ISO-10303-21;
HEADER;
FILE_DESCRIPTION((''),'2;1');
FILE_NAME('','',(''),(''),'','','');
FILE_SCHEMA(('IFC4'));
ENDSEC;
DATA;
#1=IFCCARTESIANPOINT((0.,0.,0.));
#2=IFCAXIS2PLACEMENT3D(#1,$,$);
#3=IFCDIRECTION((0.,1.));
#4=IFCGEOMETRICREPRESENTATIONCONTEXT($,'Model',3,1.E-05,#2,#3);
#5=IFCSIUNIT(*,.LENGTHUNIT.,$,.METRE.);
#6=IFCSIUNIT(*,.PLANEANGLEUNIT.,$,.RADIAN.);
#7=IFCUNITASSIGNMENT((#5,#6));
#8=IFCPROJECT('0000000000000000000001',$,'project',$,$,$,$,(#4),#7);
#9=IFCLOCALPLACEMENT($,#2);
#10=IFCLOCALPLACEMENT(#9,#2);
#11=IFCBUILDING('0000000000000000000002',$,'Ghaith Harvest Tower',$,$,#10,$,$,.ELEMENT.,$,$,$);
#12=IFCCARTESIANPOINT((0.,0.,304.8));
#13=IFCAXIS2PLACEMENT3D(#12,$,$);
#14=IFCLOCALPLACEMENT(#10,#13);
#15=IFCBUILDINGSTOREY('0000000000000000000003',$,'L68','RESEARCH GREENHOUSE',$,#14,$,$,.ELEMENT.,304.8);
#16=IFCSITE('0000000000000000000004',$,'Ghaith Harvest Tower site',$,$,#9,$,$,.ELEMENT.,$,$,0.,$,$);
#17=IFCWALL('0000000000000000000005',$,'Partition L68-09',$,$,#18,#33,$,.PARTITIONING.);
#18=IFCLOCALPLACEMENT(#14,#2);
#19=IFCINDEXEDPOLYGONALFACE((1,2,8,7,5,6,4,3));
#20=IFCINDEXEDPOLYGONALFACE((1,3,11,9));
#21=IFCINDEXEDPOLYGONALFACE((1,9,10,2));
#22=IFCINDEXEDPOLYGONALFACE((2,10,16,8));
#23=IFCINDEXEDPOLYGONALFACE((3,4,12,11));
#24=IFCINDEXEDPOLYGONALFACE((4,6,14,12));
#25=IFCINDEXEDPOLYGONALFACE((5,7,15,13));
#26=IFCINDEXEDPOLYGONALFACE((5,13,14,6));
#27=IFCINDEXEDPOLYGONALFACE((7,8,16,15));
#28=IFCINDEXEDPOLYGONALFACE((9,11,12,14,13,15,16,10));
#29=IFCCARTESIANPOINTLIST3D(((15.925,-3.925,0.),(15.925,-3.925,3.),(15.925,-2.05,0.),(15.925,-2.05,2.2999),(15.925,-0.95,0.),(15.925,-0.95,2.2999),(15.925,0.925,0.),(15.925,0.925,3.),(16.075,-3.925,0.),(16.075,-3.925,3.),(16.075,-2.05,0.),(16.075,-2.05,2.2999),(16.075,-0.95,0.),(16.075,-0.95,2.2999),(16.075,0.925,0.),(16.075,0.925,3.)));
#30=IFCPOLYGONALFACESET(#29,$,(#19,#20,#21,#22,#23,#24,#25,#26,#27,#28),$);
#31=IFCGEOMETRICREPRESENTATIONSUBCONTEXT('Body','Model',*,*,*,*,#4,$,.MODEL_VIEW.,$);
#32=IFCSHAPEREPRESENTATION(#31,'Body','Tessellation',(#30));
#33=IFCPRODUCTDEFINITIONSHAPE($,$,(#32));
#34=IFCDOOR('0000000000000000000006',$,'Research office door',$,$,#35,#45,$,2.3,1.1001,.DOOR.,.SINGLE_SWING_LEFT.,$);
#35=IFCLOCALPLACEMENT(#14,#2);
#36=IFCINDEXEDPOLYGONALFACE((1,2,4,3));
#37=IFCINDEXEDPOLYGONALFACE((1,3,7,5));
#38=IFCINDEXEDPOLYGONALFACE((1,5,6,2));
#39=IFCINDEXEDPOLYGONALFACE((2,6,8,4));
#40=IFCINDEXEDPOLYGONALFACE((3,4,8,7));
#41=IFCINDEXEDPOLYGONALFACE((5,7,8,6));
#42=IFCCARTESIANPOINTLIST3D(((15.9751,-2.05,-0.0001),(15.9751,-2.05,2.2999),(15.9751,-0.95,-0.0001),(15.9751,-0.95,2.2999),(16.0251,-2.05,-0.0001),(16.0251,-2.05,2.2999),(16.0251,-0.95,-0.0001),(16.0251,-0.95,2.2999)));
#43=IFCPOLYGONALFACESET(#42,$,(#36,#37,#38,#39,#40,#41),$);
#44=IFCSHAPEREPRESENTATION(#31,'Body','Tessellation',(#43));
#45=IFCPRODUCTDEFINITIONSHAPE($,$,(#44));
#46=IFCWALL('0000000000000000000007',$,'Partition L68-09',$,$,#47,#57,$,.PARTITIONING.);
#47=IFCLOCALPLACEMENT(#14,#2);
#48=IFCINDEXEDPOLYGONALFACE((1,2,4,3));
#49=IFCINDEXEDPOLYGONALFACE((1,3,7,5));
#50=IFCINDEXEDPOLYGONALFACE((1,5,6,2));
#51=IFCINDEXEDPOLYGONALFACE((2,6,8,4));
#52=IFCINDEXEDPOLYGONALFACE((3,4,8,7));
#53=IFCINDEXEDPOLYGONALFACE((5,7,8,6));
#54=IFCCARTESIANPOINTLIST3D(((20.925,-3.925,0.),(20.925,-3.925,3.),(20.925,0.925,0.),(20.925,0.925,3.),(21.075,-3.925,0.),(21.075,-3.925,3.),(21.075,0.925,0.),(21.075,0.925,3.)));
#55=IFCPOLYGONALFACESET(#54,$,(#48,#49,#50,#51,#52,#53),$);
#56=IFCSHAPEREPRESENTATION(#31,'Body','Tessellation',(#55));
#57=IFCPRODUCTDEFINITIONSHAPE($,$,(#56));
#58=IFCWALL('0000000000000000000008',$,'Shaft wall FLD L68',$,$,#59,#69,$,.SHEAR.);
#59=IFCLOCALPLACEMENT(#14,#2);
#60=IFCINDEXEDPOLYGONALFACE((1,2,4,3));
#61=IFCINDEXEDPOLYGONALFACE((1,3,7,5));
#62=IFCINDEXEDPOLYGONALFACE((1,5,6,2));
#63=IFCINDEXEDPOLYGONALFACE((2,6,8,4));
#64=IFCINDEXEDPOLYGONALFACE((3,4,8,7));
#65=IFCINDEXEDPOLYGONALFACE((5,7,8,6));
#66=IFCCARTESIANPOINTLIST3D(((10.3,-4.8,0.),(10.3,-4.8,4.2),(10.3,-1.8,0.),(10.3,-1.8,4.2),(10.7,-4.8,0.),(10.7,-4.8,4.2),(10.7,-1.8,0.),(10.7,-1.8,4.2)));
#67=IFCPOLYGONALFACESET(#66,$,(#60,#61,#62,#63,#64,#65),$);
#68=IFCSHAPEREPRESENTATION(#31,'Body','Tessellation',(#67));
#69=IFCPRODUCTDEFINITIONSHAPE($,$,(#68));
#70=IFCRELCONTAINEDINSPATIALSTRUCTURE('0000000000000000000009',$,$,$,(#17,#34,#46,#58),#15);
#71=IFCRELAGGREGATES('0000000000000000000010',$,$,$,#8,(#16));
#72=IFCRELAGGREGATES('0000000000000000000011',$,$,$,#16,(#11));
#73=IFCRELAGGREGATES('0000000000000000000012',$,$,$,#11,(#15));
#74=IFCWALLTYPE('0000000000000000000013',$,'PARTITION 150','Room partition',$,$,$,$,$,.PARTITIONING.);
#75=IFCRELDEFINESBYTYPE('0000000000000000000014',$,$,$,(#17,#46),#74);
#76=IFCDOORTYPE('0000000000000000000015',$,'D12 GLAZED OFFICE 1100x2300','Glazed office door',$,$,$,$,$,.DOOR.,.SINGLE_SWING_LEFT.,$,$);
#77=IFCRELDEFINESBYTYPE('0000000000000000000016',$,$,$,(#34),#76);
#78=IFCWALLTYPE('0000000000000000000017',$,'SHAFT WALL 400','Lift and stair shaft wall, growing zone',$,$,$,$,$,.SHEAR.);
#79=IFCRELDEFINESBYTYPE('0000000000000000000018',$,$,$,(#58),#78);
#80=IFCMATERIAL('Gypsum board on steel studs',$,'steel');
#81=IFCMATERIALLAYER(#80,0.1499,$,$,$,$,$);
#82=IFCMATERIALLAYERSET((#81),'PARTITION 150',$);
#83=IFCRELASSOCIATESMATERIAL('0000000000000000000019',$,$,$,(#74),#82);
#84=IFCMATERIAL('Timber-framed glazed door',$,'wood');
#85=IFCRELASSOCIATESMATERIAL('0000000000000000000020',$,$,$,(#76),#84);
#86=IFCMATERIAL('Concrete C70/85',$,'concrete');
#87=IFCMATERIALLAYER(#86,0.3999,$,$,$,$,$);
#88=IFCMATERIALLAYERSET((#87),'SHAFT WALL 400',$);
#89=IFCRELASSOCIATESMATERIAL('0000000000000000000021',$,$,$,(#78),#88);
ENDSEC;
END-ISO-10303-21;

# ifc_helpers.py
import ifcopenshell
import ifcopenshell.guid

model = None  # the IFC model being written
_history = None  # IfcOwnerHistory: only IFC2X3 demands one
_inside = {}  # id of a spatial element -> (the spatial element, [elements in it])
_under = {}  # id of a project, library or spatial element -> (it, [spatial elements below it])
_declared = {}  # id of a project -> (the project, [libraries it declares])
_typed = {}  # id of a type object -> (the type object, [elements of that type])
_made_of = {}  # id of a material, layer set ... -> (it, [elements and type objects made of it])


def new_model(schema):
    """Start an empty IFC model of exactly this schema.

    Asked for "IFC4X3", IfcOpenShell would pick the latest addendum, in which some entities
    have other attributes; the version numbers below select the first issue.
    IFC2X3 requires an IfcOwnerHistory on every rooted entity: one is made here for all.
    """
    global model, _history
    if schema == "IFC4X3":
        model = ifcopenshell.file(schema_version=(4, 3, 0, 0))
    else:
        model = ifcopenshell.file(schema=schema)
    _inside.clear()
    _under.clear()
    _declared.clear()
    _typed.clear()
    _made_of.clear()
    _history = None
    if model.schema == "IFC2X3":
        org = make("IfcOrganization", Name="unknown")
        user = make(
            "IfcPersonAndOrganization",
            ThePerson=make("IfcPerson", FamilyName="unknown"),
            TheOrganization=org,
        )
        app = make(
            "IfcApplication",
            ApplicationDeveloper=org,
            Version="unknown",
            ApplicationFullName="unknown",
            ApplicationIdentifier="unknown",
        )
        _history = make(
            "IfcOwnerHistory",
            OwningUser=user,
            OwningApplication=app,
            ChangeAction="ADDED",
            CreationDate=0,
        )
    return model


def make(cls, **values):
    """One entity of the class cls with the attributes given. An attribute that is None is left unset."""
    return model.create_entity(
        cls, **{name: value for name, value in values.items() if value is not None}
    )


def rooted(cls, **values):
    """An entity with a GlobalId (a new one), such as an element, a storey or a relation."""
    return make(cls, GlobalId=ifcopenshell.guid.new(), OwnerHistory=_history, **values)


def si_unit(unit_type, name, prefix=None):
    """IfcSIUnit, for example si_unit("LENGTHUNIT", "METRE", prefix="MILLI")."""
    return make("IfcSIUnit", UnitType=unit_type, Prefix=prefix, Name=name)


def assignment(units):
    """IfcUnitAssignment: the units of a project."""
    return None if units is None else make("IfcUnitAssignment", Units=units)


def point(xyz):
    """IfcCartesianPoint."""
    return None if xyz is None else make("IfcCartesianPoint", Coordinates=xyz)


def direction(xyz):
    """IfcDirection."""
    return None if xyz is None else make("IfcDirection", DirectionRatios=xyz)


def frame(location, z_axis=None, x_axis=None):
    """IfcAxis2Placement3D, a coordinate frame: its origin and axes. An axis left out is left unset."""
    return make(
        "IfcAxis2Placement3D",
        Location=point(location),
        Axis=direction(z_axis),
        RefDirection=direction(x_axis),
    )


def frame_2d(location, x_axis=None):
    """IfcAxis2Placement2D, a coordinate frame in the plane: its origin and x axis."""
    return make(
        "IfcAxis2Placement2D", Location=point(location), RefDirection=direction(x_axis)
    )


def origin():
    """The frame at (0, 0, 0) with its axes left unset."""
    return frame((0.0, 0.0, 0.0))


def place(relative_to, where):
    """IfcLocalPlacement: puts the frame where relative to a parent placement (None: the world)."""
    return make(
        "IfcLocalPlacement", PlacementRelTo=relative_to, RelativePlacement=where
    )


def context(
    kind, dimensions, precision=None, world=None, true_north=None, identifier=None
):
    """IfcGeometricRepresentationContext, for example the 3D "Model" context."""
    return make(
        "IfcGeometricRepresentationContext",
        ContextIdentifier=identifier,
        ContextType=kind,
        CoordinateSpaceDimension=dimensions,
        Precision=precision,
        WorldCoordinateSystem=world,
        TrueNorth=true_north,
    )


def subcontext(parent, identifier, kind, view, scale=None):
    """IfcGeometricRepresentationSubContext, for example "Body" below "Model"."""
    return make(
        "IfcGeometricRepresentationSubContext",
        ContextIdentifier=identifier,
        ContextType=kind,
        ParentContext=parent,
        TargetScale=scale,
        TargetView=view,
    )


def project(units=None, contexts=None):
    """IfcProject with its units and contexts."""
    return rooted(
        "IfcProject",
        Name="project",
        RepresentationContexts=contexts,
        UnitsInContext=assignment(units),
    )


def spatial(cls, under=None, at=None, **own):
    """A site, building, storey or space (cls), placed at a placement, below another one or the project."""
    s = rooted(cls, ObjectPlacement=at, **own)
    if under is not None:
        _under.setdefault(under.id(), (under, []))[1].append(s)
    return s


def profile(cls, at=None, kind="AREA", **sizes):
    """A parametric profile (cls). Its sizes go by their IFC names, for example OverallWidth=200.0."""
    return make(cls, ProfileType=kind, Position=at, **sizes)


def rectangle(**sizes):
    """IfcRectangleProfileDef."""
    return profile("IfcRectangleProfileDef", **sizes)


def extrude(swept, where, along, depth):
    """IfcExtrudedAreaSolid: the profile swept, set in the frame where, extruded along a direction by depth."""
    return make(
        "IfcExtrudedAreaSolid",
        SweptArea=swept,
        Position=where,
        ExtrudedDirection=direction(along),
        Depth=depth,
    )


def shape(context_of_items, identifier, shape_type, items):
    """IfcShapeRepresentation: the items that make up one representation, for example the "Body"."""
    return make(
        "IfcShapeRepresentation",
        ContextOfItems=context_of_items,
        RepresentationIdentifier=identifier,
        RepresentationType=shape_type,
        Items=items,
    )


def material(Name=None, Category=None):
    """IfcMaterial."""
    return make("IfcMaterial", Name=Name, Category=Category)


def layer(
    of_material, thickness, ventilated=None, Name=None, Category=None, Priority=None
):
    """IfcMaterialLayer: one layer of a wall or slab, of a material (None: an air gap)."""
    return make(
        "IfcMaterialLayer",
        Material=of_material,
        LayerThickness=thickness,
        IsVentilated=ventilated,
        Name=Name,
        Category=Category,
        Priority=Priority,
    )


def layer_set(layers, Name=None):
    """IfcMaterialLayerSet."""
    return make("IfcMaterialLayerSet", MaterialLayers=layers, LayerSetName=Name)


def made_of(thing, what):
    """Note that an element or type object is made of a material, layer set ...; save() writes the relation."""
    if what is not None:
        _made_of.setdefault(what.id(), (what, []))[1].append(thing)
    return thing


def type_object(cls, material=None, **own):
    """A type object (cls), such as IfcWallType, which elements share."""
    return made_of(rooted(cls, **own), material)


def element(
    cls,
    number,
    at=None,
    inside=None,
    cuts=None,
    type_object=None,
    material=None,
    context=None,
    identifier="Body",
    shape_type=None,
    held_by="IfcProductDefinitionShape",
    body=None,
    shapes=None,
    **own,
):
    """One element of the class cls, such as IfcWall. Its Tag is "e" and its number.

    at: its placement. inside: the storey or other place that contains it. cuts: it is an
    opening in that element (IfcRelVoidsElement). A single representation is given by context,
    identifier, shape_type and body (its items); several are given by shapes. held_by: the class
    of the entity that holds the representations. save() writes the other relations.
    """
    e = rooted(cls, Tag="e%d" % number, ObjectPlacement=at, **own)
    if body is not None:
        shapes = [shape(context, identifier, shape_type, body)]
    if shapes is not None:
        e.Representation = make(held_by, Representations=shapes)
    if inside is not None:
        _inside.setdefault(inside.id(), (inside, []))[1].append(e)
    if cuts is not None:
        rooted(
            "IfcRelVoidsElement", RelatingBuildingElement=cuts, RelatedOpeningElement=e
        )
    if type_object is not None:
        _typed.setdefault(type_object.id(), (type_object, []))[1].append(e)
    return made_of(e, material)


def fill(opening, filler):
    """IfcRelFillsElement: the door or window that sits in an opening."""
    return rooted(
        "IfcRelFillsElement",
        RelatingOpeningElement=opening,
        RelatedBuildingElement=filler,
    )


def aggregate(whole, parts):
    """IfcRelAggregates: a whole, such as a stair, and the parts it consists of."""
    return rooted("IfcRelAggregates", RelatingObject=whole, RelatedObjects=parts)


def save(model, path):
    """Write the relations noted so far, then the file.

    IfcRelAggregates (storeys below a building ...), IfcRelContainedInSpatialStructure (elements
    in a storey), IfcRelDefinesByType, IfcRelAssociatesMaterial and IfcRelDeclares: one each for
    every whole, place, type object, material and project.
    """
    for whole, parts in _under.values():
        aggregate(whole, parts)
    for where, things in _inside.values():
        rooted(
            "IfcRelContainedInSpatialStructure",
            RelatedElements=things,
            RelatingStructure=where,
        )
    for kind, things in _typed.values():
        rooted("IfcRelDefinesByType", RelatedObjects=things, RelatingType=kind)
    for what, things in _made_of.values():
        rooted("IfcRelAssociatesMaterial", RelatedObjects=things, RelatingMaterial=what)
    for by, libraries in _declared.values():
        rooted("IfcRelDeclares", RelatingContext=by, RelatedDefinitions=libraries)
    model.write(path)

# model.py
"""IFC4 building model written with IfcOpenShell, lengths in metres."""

from ifc_helpers import new_model, si_unit, direction, frame, frame_2d, origin, place, context, subcontext, project, spatial, rectangle, extrude, material, layer, layer_set, type_object, element, fill, save


model = new_model("IFC4")

# Units and contexts
model_context = context("Model", 3, precision=1e-05, world=origin(), true_north=direction((0.0, 1.0)))
body_context = subcontext(model_context, "Body", "Model", "MODEL_VIEW")
ifc_project = project(units=[si_unit("LENGTHUNIT", "METRE"), si_unit("PLANEANGLEUNIT", "RADIAN")], contexts=[model_context])

# Site, building, storey
site_placement = place(None, origin())
site = spatial("IfcSite", under=ifc_project, at=site_placement, Name="Ghaith Harvest Tower site", CompositionType="ELEMENT", RefElevation=0.0)
building_placement = place(site_placement, origin())
building = spatial("IfcBuilding", under=site, at=building_placement, Name="Ghaith Harvest Tower", CompositionType="ELEMENT")
storey_placement = place(building_placement, frame((0.0, 0.0, 304.8)))
storey = spatial("IfcBuildingStorey", under=building, at=storey_placement, Name="L68", Description="RESEARCH GREENHOUSE", CompositionType="ELEMENT", Elevation=304.8)

# Shared definitions
ifc_material_1 = material(Name="Gypsum board on steel studs", Category="steel")
ifc_layer_1 = layer(ifc_material_1, 0.1499)
ifc_layer_set_1 = layer_set([ifc_layer_1], Name="PARTITION 150")
wall_type_1 = type_object("IfcWallType", Name="PARTITION 150", Description="Room partition", PredefinedType="PARTITIONING", material=ifc_layer_set_1)

# Wall, opening, door
wall_1_placement = place(storey_placement, frame((16.0, -3.925, 0.0), z_axis=(0.0, 0.0, 1.0), x_axis=(0.0, 1.0, 0.0)))
wall_1 = element("IfcWall", 1, at=wall_1_placement, inside=storey, type_object=wall_type_1, Name="Partition L68-09", PredefinedType="PARTITIONING", context=body_context, shape_type="SweptSolid", body=[
    extrude(rectangle(XDim=4.8501, YDim=0.1499, at=frame_2d((2.425, 0.0))), origin(), (0.0, 0.0, 1.0), 3.0),
])
opening_1_placement = place(wall_1_placement, frame((1.875, 0.0, 0.0)))
opening_1 = element("IfcOpeningElement", 2, at=opening_1_placement, cuts=wall_1, PredefinedType="OPENING", context=body_context, shape_type="SweptSolid", body=[
    extrude(rectangle(XDim=1.1001, YDim=2.3, at=frame_2d((0.55, 1.1499))), frame((0.0, 0.085, 0.0), z_axis=(0.0, -1.0, 0.0), x_axis=(1.0, 0.0, 0.0)), (0.0, 0.0, 1.0), 0.1699),
])
ifc_material_2 = material(Name="Timber-framed glazed door", Category="wood")
door_type_1 = type_object("IfcDoorType", Name="D12 GLAZED OFFICE 1100x2300", Description="Glazed office door", OperationType="SINGLE_SWING_LEFT", PredefinedType="DOOR", material=ifc_material_2)
door_1_placement = place(opening_1_placement, origin())
door_1 = element("IfcDoor", 3, at=door_1_placement, inside=storey, type_object=door_type_1, Name="Research office door", OperationType="SINGLE_SWING_LEFT", OverallHeight=2.3, OverallWidth=1.1001, PredefinedType="DOOR", context=body_context, shape_type="SweptSolid", body=[
    extrude(rectangle(XDim=1.1001, YDim=2.3, at=frame_2d((0.55, 1.1499))), frame((0.0, 0.0249, 0.0), z_axis=(0.0, -1.0, 0.0), x_axis=(1.0, 0.0, 0.0)), (0.0, 0.0, 1.0), 0.05),
])
fill(opening_1, door_1)

# Walls
wall_2_placement = place(storey_placement, frame((21.0, -3.925, 0.0), z_axis=(0.0, 0.0, 1.0), x_axis=(0.0, 1.0, 0.0)))
element("IfcWall", 4, at=wall_2_placement, inside=storey, type_object=wall_type_1, Name="Partition L68-09", PredefinedType="PARTITIONING", context=body_context, shape_type="SweptSolid", body=[
    extrude(rectangle(XDim=4.8501, YDim=0.1499, at=frame_2d((2.425, 0.0))), origin(), (0.0, 0.0, 1.0), 3.0),
])
ifc_material_3 = material(Name="Concrete C70/85", Category="concrete")
ifc_layer_2 = layer(ifc_material_3, 0.3999)
ifc_layer_set_2 = layer_set([ifc_layer_2], Name="SHAFT WALL 400")
wall_type_2 = type_object("IfcWallType", Name="SHAFT WALL 400", Description="Lift and stair shaft wall, growing zone", PredefinedType="SHEAR", material=ifc_layer_set_2)
wall_3_placement = place(storey_placement, frame((10.5, -4.8, 0.0), z_axis=(0.0, 0.0, 1.0), x_axis=(0.0, 1.0, 0.0)))
element("IfcWall", 5, at=wall_3_placement, inside=storey, type_object=wall_type_2, Name="Shaft wall FLD L68", PredefinedType="SHEAR", context=body_context, shape_type="SweptSolid", body=[
    extrude(rectangle(XDim=3.0, YDim=0.3999, at=frame_2d((1.5, 0.0))), origin(), (0.0, 0.0, 1.0), 4.2),
])

save(model, "model.ifc")
